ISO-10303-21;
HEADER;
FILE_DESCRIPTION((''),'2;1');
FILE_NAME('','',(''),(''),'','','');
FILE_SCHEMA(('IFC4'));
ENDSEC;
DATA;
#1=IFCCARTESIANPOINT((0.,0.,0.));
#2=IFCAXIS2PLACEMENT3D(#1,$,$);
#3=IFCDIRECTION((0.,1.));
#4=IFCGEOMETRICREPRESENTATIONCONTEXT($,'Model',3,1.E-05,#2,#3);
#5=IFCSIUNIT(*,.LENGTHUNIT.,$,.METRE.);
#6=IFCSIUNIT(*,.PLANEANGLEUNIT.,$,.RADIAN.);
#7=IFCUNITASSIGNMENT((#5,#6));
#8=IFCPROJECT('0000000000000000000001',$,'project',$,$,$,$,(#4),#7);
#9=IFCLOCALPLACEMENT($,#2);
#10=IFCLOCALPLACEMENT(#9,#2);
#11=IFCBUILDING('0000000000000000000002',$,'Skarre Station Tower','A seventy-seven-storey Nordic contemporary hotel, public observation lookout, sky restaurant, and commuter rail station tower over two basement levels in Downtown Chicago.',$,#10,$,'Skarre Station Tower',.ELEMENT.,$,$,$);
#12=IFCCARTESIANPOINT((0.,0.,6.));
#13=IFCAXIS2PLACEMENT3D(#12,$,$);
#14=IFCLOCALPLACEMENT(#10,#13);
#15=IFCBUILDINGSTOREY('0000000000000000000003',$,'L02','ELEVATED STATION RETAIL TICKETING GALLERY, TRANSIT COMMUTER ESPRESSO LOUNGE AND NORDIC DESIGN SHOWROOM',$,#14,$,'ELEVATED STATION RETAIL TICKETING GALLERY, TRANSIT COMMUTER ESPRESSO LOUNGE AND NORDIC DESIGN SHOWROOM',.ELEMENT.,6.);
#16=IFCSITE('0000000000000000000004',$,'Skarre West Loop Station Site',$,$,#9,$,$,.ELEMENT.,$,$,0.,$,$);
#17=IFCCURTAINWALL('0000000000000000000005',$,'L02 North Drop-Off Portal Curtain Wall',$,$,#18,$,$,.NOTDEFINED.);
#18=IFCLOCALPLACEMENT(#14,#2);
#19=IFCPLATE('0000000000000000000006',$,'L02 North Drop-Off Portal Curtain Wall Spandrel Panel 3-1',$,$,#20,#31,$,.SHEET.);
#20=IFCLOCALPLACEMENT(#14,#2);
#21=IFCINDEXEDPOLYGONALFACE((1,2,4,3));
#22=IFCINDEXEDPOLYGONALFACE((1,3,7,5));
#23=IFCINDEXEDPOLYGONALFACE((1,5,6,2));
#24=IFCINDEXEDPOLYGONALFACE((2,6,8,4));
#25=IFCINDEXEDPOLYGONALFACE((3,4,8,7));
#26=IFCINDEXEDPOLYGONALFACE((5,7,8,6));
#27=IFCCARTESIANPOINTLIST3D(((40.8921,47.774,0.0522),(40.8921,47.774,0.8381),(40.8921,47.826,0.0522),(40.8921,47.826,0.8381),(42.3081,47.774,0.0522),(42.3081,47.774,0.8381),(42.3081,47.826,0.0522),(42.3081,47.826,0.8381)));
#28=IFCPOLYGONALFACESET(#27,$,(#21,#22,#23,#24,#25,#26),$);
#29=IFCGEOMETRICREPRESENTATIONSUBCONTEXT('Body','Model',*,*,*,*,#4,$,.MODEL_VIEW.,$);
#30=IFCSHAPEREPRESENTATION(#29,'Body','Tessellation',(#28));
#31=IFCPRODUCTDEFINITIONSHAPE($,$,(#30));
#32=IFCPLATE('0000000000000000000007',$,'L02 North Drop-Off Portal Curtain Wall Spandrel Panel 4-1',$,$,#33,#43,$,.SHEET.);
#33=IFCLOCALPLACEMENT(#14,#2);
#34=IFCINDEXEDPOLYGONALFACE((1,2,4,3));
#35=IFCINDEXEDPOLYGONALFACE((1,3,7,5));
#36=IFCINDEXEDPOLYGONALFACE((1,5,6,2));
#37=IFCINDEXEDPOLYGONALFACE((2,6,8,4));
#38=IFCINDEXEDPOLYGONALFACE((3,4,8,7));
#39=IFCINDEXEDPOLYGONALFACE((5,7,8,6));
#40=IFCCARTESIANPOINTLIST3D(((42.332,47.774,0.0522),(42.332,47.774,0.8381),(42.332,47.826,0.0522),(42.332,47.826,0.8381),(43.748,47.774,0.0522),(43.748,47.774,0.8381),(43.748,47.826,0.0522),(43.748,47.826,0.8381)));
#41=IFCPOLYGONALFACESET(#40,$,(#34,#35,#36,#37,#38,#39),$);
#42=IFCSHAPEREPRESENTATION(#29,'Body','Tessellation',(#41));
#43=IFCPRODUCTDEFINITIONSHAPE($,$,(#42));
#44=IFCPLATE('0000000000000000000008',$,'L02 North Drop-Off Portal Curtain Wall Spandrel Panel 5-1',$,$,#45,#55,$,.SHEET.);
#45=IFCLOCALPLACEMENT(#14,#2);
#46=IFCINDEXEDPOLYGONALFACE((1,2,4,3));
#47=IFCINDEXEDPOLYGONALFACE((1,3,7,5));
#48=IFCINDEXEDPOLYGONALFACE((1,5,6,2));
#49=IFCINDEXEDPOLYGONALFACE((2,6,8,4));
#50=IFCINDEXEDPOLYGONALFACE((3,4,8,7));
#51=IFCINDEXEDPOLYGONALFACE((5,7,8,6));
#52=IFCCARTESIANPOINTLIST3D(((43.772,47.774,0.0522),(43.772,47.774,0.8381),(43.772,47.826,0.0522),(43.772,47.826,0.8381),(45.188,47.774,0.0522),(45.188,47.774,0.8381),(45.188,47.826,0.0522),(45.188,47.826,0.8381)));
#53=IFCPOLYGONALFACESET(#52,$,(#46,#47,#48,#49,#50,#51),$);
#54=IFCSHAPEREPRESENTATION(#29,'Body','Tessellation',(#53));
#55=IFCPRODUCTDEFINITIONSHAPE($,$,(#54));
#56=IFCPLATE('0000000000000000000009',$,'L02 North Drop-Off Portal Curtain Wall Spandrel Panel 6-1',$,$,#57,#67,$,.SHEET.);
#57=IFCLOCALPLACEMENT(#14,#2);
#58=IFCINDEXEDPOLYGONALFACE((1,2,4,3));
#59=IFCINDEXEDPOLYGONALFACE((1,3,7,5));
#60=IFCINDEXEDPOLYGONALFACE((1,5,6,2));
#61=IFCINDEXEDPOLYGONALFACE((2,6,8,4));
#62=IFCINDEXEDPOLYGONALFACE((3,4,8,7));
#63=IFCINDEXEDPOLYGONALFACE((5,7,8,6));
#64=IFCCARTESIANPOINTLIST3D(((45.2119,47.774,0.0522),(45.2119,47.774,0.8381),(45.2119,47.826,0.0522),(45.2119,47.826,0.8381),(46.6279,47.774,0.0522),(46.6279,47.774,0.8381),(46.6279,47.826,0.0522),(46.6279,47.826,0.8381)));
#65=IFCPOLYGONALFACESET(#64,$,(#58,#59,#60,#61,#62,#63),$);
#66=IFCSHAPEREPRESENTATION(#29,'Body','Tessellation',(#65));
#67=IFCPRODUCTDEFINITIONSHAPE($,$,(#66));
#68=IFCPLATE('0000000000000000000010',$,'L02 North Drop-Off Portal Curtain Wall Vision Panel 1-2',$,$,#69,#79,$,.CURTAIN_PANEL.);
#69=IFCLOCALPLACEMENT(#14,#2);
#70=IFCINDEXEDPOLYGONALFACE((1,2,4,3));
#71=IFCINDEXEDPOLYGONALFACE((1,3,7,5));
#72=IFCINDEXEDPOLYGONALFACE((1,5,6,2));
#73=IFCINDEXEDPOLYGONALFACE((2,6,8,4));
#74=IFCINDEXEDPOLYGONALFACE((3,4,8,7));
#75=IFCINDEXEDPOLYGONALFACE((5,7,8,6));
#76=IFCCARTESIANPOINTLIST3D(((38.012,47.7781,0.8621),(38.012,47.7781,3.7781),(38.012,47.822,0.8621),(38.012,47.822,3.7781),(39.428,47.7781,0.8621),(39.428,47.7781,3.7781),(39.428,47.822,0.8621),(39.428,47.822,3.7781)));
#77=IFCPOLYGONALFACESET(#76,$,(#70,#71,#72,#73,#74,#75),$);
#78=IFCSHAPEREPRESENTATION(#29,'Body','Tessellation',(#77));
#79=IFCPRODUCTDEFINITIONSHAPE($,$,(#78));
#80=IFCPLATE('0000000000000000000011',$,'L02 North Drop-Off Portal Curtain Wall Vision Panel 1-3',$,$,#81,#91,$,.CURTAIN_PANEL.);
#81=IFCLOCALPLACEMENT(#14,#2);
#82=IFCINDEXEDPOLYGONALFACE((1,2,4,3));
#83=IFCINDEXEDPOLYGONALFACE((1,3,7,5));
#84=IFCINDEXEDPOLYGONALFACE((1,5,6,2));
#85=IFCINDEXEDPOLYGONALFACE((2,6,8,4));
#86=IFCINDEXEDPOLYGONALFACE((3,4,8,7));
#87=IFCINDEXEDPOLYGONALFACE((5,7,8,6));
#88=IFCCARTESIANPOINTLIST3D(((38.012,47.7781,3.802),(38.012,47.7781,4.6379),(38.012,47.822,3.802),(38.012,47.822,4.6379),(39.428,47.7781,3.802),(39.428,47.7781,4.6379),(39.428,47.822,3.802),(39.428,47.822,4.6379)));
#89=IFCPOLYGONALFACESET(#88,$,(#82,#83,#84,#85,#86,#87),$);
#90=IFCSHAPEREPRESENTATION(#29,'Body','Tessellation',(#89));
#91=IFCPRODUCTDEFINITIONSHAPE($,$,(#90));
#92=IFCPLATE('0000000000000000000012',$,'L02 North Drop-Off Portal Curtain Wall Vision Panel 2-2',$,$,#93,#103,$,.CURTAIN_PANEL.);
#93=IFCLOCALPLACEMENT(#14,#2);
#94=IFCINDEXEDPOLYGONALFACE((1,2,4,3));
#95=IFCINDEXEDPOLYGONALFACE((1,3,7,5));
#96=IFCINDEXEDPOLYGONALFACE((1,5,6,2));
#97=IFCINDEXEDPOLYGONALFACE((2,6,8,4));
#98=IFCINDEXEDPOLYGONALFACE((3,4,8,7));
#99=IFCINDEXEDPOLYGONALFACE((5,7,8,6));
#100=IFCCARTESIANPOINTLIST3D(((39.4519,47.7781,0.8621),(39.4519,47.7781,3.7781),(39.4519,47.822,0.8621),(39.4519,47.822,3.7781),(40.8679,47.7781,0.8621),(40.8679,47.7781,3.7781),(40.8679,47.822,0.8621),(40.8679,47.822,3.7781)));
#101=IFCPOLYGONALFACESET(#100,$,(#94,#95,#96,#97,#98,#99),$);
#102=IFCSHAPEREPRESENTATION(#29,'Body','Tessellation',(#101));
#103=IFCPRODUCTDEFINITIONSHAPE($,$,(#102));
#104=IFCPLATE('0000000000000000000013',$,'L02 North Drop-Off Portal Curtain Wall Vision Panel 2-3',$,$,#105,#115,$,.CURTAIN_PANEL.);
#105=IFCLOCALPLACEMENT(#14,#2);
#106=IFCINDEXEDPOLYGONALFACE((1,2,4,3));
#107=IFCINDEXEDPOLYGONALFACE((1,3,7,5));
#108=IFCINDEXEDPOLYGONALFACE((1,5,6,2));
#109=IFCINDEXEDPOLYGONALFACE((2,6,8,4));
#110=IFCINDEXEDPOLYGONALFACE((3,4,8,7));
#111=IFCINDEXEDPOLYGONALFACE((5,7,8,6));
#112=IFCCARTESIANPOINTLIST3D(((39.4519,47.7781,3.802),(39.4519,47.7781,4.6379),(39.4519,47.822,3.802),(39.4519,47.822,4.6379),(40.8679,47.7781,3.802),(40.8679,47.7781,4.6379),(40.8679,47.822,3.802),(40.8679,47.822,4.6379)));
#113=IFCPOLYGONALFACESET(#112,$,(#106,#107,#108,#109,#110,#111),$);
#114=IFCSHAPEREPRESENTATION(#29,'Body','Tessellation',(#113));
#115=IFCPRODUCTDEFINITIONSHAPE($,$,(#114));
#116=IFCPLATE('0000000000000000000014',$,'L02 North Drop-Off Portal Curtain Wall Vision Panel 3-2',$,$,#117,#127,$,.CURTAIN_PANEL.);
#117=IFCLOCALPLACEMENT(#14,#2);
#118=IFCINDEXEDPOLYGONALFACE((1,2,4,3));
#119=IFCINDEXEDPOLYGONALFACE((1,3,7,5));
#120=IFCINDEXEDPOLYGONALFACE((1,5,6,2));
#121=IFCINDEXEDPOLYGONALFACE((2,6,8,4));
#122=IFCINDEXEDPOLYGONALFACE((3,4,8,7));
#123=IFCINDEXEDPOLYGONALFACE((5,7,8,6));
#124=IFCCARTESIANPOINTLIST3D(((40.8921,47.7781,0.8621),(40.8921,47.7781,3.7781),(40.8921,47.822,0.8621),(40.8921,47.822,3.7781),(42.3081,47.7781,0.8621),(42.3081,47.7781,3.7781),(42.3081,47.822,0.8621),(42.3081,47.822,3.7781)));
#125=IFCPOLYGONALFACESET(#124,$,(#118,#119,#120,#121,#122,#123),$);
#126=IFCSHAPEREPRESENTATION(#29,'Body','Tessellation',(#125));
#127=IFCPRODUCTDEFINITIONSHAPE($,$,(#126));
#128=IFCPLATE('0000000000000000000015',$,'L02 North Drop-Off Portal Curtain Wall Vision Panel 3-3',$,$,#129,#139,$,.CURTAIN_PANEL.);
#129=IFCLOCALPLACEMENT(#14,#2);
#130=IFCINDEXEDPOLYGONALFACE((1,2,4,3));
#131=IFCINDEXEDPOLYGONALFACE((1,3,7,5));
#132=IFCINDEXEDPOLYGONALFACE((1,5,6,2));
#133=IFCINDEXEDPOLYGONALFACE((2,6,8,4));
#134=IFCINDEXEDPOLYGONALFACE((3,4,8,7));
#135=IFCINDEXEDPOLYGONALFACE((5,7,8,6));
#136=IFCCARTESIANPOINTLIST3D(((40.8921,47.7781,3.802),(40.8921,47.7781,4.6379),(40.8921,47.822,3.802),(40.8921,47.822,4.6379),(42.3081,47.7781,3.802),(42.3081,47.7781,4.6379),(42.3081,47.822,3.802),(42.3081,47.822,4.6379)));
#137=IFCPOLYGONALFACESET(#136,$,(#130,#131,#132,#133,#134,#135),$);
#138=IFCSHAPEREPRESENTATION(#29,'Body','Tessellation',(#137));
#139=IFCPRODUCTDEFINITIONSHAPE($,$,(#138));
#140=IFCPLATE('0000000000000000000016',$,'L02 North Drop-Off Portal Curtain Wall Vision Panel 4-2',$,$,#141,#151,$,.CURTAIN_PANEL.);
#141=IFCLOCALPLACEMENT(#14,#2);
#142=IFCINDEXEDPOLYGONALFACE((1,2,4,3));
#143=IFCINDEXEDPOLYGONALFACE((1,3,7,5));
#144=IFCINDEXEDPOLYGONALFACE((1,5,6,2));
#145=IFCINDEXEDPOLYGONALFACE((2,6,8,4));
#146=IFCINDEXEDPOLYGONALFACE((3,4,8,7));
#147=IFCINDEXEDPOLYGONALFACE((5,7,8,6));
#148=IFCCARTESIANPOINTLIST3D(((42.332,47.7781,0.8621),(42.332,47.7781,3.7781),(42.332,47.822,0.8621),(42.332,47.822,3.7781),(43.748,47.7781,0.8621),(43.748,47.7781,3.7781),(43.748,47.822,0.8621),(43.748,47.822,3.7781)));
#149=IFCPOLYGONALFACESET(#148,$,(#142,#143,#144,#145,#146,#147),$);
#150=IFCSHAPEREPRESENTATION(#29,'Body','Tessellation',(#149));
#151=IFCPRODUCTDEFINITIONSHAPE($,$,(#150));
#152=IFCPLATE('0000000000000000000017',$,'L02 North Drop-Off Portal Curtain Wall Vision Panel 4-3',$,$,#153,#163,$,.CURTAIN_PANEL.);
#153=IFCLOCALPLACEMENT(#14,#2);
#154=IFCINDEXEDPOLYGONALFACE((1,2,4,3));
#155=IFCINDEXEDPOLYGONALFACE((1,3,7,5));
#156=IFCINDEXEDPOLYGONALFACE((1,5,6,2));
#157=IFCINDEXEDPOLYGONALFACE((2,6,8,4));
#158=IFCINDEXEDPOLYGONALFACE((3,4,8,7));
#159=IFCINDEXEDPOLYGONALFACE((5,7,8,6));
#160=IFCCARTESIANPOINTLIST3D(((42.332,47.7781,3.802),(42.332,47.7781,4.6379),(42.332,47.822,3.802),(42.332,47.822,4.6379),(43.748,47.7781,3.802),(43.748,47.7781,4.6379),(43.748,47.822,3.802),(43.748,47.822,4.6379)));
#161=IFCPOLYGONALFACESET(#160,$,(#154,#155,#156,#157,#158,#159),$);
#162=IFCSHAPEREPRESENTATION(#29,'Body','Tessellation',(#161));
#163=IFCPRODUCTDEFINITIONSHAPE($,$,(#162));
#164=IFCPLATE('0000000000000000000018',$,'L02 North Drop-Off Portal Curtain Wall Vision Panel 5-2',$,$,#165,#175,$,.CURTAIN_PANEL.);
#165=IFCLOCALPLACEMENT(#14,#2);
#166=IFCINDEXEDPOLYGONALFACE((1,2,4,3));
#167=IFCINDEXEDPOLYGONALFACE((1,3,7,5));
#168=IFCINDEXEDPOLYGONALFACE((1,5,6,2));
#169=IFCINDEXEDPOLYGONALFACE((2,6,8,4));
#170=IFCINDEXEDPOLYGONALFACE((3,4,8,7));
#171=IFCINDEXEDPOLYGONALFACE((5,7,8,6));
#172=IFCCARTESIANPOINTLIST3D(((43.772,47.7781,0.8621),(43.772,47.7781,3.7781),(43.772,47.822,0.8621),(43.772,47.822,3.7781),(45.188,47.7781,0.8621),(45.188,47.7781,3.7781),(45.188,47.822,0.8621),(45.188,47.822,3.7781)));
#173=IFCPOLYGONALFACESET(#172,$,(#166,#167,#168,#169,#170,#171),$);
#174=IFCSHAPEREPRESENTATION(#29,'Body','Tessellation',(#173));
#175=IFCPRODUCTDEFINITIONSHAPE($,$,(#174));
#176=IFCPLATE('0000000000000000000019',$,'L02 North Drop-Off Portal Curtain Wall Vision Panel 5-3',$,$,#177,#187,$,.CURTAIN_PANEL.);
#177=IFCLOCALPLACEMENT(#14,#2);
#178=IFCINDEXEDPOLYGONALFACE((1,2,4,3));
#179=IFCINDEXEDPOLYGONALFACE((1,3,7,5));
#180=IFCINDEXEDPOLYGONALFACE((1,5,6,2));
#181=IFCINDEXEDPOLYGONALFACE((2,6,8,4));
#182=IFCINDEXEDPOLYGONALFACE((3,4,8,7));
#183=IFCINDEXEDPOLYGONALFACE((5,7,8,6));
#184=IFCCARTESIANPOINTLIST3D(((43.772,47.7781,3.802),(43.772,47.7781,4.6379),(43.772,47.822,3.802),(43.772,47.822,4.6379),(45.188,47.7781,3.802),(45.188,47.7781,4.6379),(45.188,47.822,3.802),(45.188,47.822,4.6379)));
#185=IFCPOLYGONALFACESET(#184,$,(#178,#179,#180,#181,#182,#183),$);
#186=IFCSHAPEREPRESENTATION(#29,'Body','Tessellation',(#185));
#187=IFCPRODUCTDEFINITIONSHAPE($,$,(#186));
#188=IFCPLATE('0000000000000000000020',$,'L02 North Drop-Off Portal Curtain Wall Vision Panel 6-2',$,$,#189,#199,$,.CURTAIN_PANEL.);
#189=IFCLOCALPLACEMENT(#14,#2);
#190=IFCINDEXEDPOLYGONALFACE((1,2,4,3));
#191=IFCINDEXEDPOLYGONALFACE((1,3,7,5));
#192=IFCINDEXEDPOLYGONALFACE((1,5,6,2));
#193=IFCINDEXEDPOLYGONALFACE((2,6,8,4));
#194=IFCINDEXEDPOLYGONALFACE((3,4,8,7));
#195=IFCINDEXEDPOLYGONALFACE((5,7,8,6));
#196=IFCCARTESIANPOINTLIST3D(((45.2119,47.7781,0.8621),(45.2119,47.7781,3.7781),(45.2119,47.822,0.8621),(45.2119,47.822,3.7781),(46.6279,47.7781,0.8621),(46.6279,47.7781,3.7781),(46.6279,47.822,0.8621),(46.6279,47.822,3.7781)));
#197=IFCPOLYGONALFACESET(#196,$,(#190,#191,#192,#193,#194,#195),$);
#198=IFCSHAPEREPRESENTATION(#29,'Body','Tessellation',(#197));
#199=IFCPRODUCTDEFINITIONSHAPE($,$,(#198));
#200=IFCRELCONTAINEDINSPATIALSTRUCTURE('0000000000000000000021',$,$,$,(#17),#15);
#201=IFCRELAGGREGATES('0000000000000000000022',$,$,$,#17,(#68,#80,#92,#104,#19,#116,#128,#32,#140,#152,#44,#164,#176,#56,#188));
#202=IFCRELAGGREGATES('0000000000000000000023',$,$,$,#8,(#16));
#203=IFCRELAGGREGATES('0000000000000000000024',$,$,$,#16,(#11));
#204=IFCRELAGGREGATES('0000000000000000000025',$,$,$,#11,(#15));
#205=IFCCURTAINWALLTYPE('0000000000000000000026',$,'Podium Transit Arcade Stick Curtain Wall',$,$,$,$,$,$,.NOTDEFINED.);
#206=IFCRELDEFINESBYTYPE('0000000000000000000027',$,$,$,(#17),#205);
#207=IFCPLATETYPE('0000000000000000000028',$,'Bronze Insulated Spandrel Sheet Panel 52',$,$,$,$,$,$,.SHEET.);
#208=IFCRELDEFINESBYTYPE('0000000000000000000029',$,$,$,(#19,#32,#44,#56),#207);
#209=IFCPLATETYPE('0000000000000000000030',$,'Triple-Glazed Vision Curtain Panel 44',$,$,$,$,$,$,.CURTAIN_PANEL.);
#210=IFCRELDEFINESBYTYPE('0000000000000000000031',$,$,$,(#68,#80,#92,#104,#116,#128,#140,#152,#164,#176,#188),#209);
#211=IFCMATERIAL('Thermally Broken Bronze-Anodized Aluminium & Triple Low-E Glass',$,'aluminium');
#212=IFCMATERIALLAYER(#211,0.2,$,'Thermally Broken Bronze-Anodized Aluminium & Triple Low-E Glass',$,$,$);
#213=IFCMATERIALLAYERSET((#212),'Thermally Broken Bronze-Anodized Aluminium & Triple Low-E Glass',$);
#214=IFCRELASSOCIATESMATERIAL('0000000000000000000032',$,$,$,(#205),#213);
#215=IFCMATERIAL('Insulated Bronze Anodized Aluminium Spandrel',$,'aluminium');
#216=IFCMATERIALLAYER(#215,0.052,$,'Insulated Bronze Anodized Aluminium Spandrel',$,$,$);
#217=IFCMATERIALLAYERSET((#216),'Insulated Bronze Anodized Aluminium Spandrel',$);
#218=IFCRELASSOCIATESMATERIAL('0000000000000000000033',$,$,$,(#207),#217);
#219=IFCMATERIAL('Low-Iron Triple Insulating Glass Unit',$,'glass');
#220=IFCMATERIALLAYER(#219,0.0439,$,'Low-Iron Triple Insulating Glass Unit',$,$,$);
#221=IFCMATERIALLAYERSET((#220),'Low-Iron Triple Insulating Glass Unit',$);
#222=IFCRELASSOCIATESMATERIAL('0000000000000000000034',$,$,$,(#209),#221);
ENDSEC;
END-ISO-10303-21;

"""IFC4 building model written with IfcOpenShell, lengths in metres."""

from ifc_helpers import new_model, si_unit, direction, frame, origin, origin_2d, place, context, subcontext, project, spatial, rectangle, extrude, material, layer, layer_set, type_object, element, aggregate, save


model = new_model("IFC4")

# Units and contexts
model_context = context("Model", 3, precision=1e-05, world=origin(), true_north=direction((0.0, 1.0)))
body_context = subcontext(model_context, "Body", "Model", "MODEL_VIEW")
ifc_project = project(units=[si_unit("LENGTHUNIT", "METRE"), si_unit("PLANEANGLEUNIT", "RADIAN")], contexts=[model_context])

# Site, building, storey
site_placement = place(None, origin())
site = spatial("IfcSite", under=ifc_project, at=site_placement, Name="Skarre West Loop Station Site", CompositionType="ELEMENT", RefElevation=0.0)
building_placement = place(site_placement, origin())
building = spatial("IfcBuilding", under=site, at=building_placement, Name="Skarre Station Tower", Description="A seventy-seven-storey Nordic contemporary hotel, public observation lookout, sky restaurant, and commuter rail station tower over two basement levels in Downtown Chicago.", LongName="Skarre Station Tower", CompositionType="ELEMENT")
storey_placement = place(building_placement, frame((0.0, 0.0, 6.0)))
storey = spatial("IfcBuildingStorey", under=building, at=storey_placement, Name="L02", Description="ELEVATED STATION RETAIL TICKETING GALLERY, TRANSIT COMMUTER ESPRESSO LOUNGE AND NORDIC DESIGN SHOWROOM", LongName="ELEVATED STATION RETAIL TICKETING GALLERY, TRANSIT COMMUTER ESPRESSO LOUNGE AND NORDIC DESIGN SHOWROOM", CompositionType="ELEMENT", Elevation=6.0)

# Curtain wall, plates
ifc_material_1 = material(Name="Thermally Broken Bronze-Anodized Aluminium & Triple Low-E Glass", Category="aluminium")
ifc_layer_1 = layer(ifc_material_1, 0.2, Name="Thermally Broken Bronze-Anodized Aluminium & Triple Low-E Glass")
ifc_layer_set_1 = layer_set([ifc_layer_1], Name="Thermally Broken Bronze-Anodized Aluminium & Triple Low-E Glass")
curtain_wall_type = type_object("IfcCurtainWallType", Name="Podium Transit Arcade Stick Curtain Wall", PredefinedType="NOTDEFINED", material=ifc_layer_set_1)
curtain_wall_placement = place(storey_placement, origin())
curtain_wall = element("IfcCurtainWall", 1, at=curtain_wall_placement, inside=storey, type_object=curtain_wall_type, Name="L02 North Drop-Off Portal Curtain Wall", PredefinedType="NOTDEFINED")
ifc_material_2 = material(Name="Insulated Bronze Anodized Aluminium Spandrel", Category="aluminium")
ifc_layer_2 = layer(ifc_material_2, 0.052, Name="Insulated Bronze Anodized Aluminium Spandrel")
ifc_layer_set_2 = layer_set([ifc_layer_2], Name="Insulated Bronze Anodized Aluminium Spandrel")
plate_type_1 = type_object("IfcPlateType", Name="Bronze Insulated Spandrel Sheet Panel 52", PredefinedType="SHEET", material=ifc_layer_set_2)
plate_1_placement = place(storey_placement, frame((41.6001, 47.8, 0.0522), z_axis=(0.0, 0.0, 1.0), x_axis=(1.0, 0.0, 0.0)))
plate_1 = element("IfcPlate", 2, at=plate_1_placement, type_object=plate_type_1, Name="L02 North Drop-Off Portal Curtain Wall Spandrel Panel 3-1", PredefinedType="SHEET", context=body_context, shape_type="SweptSolid", body=[
    extrude(rectangle(XDim=1.416, YDim=0.052, at=origin_2d()), origin(), (0.0, 0.0, 1.0), 0.7859),
])
plate_2_placement = place(storey_placement, frame((43.04, 47.8, 0.0522), z_axis=(0.0, 0.0, 1.0), x_axis=(1.0, 0.0, 0.0)))
plate_2 = element("IfcPlate", 3, at=plate_2_placement, type_object=plate_type_1, Name="L02 North Drop-Off Portal Curtain Wall Spandrel Panel 4-1", PredefinedType="SHEET", context=body_context, shape_type="SweptSolid", body=[
    extrude(rectangle(XDim=1.416, YDim=0.052, at=origin_2d()), origin(), (0.0, 0.0, 1.0), 0.7859),
])
plate_3_placement = place(storey_placement, frame((44.48, 47.8, 0.0522), z_axis=(0.0, 0.0, 1.0), x_axis=(1.0, 0.0, 0.0)))
plate_3 = element("IfcPlate", 4, at=plate_3_placement, type_object=plate_type_1, Name="L02 North Drop-Off Portal Curtain Wall Spandrel Panel 5-1", PredefinedType="SHEET", context=body_context, shape_type="SweptSolid", body=[
    extrude(rectangle(XDim=1.416, YDim=0.052, at=origin_2d()), origin(), (0.0, 0.0, 1.0), 0.7859),
])
plate_4_placement = place(storey_placement, frame((45.9199, 47.8, 0.0522), z_axis=(0.0, 0.0, 1.0), x_axis=(1.0, 0.0, 0.0)))
plate_4 = element("IfcPlate", 5, at=plate_4_placement, type_object=plate_type_1, Name="L02 North Drop-Off Portal Curtain Wall Spandrel Panel 6-1", PredefinedType="SHEET", context=body_context, shape_type="SweptSolid", body=[
    extrude(rectangle(XDim=1.416, YDim=0.052, at=origin_2d()), origin(), (0.0, 0.0, 1.0), 0.7859),
])
ifc_material_3 = material(Name="Low-Iron Triple Insulating Glass Unit", Category="glass")
ifc_layer_3 = layer(ifc_material_3, 0.0439, Name="Low-Iron Triple Insulating Glass Unit")
ifc_layer_set_3 = layer_set([ifc_layer_3], Name="Low-Iron Triple Insulating Glass Unit")
plate_type_2 = type_object("IfcPlateType", Name="Triple-Glazed Vision Curtain Panel 44", PredefinedType="CURTAIN_PANEL", material=ifc_layer_set_3)
plate_5_placement = place(storey_placement, frame((38.72, 47.8, 0.8621), z_axis=(0.0, 0.0, 1.0), x_axis=(1.0, 0.0, 0.0)))
plate_5 = element("IfcPlate", 6, at=plate_5_placement, type_object=plate_type_2, Name="L02 North Drop-Off Portal Curtain Wall Vision Panel 1-2", PredefinedType="CURTAIN_PANEL", context=body_context, shape_type="SweptSolid", body=[
    extrude(rectangle(XDim=1.416, YDim=0.0439, at=origin_2d()), origin(), (0.0, 0.0, 1.0), 2.916),
])
plate_6_placement = place(storey_placement, frame((38.72, 47.8, 3.802), z_axis=(0.0, 0.0, 1.0), x_axis=(1.0, 0.0, 0.0)))
plate_6 = element("IfcPlate", 7, at=plate_6_placement, type_object=plate_type_2, Name="L02 North Drop-Off Portal Curtain Wall Vision Panel 1-3", PredefinedType="CURTAIN_PANEL", context=body_context, shape_type="SweptSolid", body=[
    extrude(rectangle(XDim=1.416, YDim=0.0439, at=origin_2d()), origin(), (0.0, 0.0, 1.0), 0.8359),
])
plate_7_placement = place(storey_placement, frame((40.1599, 47.8, 0.8621), z_axis=(0.0, 0.0, 1.0), x_axis=(1.0, 0.0, 0.0)))
plate_7 = element("IfcPlate", 8, at=plate_7_placement, type_object=plate_type_2, Name="L02 North Drop-Off Portal Curtain Wall Vision Panel 2-2", PredefinedType="CURTAIN_PANEL", context=body_context, shape_type="SweptSolid", body=[
    extrude(rectangle(XDim=1.416, YDim=0.0439, at=origin_2d()), origin(), (0.0, 0.0, 1.0), 2.916),
])
plate_8_placement = place(storey_placement, frame((40.1599, 47.8, 3.802), z_axis=(0.0, 0.0, 1.0), x_axis=(1.0, 0.0, 0.0)))
plate_8 = element("IfcPlate", 9, at=plate_8_placement, type_object=plate_type_2, Name="L02 North Drop-Off Portal Curtain Wall Vision Panel 2-3", PredefinedType="CURTAIN_PANEL", context=body_context, shape_type="SweptSolid", body=[
    extrude(rectangle(XDim=1.416, YDim=0.0439, at=origin_2d()), origin(), (0.0, 0.0, 1.0), 0.8359),
])
plate_9_placement = place(storey_placement, frame((41.6001, 47.8, 0.8621), z_axis=(0.0, 0.0, 1.0), x_axis=(1.0, 0.0, 0.0)))
plate_9 = element("IfcPlate", 10, at=plate_9_placement, type_object=plate_type_2, Name="L02 North Drop-Off Portal Curtain Wall Vision Panel 3-2", PredefinedType="CURTAIN_PANEL", context=body_context, shape_type="SweptSolid", body=[
    extrude(rectangle(XDim=1.416, YDim=0.0439, at=origin_2d()), origin(), (0.0, 0.0, 1.0), 2.916),
])
plate_10_placement = place(storey_placement, frame((41.6001, 47.8, 3.802), z_axis=(0.0, 0.0, 1.0), x_axis=(1.0, 0.0, 0.0)))
plate_10 = element("IfcPlate", 11, at=plate_10_placement, type_object=plate_type_2, Name="L02 North Drop-Off Portal Curtain Wall Vision Panel 3-3", PredefinedType="CURTAIN_PANEL", context=body_context, shape_type="SweptSolid", body=[
    extrude(rectangle(XDim=1.416, YDim=0.0439, at=origin_2d()), origin(), (0.0, 0.0, 1.0), 0.8359),
])
plate_11_placement = place(storey_placement, frame((43.04, 47.8, 0.8621), z_axis=(0.0, 0.0, 1.0), x_axis=(1.0, 0.0, 0.0)))
plate_11 = element("IfcPlate", 12, at=plate_11_placement, type_object=plate_type_2, Name="L02 North Drop-Off Portal Curtain Wall Vision Panel 4-2", PredefinedType="CURTAIN_PANEL", context=body_context, shape_type="SweptSolid", body=[
    extrude(rectangle(XDim=1.416, YDim=0.0439, at=origin_2d()), origin(), (0.0, 0.0, 1.0), 2.916),
])
plate_12_placement = place(storey_placement, frame((43.04, 47.8, 3.802), z_axis=(0.0, 0.0, 1.0), x_axis=(1.0, 0.0, 0.0)))
plate_12 = element("IfcPlate", 13, at=plate_12_placement, type_object=plate_type_2, Name="L02 North Drop-Off Portal Curtain Wall Vision Panel 4-3", PredefinedType="CURTAIN_PANEL", context=body_context, shape_type="SweptSolid", body=[
    extrude(rectangle(XDim=1.416, YDim=0.0439, at=origin_2d()), origin(), (0.0, 0.0, 1.0), 0.8359),
])
plate_13_placement = place(storey_placement, frame((44.48, 47.8, 0.8621), z_axis=(0.0, 0.0, 1.0), x_axis=(1.0, 0.0, 0.0)))
plate_13 = element("IfcPlate", 14, at=plate_13_placement, type_object=plate_type_2, Name="L02 North Drop-Off Portal Curtain Wall Vision Panel 5-2", PredefinedType="CURTAIN_PANEL", context=body_context, shape_type="SweptSolid", body=[
    extrude(rectangle(XDim=1.416, YDim=0.0439, at=origin_2d()), origin(), (0.0, 0.0, 1.0), 2.916),
])
plate_14_placement = place(storey_placement, frame((44.48, 47.8, 3.802), z_axis=(0.0, 0.0, 1.0), x_axis=(1.0, 0.0, 0.0)))
plate_14 = element("IfcPlate", 15, at=plate_14_placement, type_object=plate_type_2, Name="L02 North Drop-Off Portal Curtain Wall Vision Panel 5-3", PredefinedType="CURTAIN_PANEL", context=body_context, shape_type="SweptSolid", body=[
    extrude(rectangle(XDim=1.416, YDim=0.0439, at=origin_2d()), origin(), (0.0, 0.0, 1.0), 0.8359),
])
plate_15_placement = place(storey_placement, frame((45.9199, 47.8, 0.8621), z_axis=(0.0, 0.0, 1.0), x_axis=(1.0, 0.0, 0.0)))
plate_15 = element("IfcPlate", 16, at=plate_15_placement, type_object=plate_type_2, Name="L02 North Drop-Off Portal Curtain Wall Vision Panel 6-2", PredefinedType="CURTAIN_PANEL", context=body_context, shape_type="SweptSolid", body=[
    extrude(rectangle(XDim=1.416, YDim=0.0439, at=origin_2d()), origin(), (0.0, 0.0, 1.0), 2.916),
])
aggregate(curtain_wall, [plate_5, plate_6, plate_7, plate_8, plate_1, plate_9, plate_10, plate_2, plate_11, plate_12, plate_3, plate_13, plate_14, plate_4, plate_15])

save(model, "model.ifc")
